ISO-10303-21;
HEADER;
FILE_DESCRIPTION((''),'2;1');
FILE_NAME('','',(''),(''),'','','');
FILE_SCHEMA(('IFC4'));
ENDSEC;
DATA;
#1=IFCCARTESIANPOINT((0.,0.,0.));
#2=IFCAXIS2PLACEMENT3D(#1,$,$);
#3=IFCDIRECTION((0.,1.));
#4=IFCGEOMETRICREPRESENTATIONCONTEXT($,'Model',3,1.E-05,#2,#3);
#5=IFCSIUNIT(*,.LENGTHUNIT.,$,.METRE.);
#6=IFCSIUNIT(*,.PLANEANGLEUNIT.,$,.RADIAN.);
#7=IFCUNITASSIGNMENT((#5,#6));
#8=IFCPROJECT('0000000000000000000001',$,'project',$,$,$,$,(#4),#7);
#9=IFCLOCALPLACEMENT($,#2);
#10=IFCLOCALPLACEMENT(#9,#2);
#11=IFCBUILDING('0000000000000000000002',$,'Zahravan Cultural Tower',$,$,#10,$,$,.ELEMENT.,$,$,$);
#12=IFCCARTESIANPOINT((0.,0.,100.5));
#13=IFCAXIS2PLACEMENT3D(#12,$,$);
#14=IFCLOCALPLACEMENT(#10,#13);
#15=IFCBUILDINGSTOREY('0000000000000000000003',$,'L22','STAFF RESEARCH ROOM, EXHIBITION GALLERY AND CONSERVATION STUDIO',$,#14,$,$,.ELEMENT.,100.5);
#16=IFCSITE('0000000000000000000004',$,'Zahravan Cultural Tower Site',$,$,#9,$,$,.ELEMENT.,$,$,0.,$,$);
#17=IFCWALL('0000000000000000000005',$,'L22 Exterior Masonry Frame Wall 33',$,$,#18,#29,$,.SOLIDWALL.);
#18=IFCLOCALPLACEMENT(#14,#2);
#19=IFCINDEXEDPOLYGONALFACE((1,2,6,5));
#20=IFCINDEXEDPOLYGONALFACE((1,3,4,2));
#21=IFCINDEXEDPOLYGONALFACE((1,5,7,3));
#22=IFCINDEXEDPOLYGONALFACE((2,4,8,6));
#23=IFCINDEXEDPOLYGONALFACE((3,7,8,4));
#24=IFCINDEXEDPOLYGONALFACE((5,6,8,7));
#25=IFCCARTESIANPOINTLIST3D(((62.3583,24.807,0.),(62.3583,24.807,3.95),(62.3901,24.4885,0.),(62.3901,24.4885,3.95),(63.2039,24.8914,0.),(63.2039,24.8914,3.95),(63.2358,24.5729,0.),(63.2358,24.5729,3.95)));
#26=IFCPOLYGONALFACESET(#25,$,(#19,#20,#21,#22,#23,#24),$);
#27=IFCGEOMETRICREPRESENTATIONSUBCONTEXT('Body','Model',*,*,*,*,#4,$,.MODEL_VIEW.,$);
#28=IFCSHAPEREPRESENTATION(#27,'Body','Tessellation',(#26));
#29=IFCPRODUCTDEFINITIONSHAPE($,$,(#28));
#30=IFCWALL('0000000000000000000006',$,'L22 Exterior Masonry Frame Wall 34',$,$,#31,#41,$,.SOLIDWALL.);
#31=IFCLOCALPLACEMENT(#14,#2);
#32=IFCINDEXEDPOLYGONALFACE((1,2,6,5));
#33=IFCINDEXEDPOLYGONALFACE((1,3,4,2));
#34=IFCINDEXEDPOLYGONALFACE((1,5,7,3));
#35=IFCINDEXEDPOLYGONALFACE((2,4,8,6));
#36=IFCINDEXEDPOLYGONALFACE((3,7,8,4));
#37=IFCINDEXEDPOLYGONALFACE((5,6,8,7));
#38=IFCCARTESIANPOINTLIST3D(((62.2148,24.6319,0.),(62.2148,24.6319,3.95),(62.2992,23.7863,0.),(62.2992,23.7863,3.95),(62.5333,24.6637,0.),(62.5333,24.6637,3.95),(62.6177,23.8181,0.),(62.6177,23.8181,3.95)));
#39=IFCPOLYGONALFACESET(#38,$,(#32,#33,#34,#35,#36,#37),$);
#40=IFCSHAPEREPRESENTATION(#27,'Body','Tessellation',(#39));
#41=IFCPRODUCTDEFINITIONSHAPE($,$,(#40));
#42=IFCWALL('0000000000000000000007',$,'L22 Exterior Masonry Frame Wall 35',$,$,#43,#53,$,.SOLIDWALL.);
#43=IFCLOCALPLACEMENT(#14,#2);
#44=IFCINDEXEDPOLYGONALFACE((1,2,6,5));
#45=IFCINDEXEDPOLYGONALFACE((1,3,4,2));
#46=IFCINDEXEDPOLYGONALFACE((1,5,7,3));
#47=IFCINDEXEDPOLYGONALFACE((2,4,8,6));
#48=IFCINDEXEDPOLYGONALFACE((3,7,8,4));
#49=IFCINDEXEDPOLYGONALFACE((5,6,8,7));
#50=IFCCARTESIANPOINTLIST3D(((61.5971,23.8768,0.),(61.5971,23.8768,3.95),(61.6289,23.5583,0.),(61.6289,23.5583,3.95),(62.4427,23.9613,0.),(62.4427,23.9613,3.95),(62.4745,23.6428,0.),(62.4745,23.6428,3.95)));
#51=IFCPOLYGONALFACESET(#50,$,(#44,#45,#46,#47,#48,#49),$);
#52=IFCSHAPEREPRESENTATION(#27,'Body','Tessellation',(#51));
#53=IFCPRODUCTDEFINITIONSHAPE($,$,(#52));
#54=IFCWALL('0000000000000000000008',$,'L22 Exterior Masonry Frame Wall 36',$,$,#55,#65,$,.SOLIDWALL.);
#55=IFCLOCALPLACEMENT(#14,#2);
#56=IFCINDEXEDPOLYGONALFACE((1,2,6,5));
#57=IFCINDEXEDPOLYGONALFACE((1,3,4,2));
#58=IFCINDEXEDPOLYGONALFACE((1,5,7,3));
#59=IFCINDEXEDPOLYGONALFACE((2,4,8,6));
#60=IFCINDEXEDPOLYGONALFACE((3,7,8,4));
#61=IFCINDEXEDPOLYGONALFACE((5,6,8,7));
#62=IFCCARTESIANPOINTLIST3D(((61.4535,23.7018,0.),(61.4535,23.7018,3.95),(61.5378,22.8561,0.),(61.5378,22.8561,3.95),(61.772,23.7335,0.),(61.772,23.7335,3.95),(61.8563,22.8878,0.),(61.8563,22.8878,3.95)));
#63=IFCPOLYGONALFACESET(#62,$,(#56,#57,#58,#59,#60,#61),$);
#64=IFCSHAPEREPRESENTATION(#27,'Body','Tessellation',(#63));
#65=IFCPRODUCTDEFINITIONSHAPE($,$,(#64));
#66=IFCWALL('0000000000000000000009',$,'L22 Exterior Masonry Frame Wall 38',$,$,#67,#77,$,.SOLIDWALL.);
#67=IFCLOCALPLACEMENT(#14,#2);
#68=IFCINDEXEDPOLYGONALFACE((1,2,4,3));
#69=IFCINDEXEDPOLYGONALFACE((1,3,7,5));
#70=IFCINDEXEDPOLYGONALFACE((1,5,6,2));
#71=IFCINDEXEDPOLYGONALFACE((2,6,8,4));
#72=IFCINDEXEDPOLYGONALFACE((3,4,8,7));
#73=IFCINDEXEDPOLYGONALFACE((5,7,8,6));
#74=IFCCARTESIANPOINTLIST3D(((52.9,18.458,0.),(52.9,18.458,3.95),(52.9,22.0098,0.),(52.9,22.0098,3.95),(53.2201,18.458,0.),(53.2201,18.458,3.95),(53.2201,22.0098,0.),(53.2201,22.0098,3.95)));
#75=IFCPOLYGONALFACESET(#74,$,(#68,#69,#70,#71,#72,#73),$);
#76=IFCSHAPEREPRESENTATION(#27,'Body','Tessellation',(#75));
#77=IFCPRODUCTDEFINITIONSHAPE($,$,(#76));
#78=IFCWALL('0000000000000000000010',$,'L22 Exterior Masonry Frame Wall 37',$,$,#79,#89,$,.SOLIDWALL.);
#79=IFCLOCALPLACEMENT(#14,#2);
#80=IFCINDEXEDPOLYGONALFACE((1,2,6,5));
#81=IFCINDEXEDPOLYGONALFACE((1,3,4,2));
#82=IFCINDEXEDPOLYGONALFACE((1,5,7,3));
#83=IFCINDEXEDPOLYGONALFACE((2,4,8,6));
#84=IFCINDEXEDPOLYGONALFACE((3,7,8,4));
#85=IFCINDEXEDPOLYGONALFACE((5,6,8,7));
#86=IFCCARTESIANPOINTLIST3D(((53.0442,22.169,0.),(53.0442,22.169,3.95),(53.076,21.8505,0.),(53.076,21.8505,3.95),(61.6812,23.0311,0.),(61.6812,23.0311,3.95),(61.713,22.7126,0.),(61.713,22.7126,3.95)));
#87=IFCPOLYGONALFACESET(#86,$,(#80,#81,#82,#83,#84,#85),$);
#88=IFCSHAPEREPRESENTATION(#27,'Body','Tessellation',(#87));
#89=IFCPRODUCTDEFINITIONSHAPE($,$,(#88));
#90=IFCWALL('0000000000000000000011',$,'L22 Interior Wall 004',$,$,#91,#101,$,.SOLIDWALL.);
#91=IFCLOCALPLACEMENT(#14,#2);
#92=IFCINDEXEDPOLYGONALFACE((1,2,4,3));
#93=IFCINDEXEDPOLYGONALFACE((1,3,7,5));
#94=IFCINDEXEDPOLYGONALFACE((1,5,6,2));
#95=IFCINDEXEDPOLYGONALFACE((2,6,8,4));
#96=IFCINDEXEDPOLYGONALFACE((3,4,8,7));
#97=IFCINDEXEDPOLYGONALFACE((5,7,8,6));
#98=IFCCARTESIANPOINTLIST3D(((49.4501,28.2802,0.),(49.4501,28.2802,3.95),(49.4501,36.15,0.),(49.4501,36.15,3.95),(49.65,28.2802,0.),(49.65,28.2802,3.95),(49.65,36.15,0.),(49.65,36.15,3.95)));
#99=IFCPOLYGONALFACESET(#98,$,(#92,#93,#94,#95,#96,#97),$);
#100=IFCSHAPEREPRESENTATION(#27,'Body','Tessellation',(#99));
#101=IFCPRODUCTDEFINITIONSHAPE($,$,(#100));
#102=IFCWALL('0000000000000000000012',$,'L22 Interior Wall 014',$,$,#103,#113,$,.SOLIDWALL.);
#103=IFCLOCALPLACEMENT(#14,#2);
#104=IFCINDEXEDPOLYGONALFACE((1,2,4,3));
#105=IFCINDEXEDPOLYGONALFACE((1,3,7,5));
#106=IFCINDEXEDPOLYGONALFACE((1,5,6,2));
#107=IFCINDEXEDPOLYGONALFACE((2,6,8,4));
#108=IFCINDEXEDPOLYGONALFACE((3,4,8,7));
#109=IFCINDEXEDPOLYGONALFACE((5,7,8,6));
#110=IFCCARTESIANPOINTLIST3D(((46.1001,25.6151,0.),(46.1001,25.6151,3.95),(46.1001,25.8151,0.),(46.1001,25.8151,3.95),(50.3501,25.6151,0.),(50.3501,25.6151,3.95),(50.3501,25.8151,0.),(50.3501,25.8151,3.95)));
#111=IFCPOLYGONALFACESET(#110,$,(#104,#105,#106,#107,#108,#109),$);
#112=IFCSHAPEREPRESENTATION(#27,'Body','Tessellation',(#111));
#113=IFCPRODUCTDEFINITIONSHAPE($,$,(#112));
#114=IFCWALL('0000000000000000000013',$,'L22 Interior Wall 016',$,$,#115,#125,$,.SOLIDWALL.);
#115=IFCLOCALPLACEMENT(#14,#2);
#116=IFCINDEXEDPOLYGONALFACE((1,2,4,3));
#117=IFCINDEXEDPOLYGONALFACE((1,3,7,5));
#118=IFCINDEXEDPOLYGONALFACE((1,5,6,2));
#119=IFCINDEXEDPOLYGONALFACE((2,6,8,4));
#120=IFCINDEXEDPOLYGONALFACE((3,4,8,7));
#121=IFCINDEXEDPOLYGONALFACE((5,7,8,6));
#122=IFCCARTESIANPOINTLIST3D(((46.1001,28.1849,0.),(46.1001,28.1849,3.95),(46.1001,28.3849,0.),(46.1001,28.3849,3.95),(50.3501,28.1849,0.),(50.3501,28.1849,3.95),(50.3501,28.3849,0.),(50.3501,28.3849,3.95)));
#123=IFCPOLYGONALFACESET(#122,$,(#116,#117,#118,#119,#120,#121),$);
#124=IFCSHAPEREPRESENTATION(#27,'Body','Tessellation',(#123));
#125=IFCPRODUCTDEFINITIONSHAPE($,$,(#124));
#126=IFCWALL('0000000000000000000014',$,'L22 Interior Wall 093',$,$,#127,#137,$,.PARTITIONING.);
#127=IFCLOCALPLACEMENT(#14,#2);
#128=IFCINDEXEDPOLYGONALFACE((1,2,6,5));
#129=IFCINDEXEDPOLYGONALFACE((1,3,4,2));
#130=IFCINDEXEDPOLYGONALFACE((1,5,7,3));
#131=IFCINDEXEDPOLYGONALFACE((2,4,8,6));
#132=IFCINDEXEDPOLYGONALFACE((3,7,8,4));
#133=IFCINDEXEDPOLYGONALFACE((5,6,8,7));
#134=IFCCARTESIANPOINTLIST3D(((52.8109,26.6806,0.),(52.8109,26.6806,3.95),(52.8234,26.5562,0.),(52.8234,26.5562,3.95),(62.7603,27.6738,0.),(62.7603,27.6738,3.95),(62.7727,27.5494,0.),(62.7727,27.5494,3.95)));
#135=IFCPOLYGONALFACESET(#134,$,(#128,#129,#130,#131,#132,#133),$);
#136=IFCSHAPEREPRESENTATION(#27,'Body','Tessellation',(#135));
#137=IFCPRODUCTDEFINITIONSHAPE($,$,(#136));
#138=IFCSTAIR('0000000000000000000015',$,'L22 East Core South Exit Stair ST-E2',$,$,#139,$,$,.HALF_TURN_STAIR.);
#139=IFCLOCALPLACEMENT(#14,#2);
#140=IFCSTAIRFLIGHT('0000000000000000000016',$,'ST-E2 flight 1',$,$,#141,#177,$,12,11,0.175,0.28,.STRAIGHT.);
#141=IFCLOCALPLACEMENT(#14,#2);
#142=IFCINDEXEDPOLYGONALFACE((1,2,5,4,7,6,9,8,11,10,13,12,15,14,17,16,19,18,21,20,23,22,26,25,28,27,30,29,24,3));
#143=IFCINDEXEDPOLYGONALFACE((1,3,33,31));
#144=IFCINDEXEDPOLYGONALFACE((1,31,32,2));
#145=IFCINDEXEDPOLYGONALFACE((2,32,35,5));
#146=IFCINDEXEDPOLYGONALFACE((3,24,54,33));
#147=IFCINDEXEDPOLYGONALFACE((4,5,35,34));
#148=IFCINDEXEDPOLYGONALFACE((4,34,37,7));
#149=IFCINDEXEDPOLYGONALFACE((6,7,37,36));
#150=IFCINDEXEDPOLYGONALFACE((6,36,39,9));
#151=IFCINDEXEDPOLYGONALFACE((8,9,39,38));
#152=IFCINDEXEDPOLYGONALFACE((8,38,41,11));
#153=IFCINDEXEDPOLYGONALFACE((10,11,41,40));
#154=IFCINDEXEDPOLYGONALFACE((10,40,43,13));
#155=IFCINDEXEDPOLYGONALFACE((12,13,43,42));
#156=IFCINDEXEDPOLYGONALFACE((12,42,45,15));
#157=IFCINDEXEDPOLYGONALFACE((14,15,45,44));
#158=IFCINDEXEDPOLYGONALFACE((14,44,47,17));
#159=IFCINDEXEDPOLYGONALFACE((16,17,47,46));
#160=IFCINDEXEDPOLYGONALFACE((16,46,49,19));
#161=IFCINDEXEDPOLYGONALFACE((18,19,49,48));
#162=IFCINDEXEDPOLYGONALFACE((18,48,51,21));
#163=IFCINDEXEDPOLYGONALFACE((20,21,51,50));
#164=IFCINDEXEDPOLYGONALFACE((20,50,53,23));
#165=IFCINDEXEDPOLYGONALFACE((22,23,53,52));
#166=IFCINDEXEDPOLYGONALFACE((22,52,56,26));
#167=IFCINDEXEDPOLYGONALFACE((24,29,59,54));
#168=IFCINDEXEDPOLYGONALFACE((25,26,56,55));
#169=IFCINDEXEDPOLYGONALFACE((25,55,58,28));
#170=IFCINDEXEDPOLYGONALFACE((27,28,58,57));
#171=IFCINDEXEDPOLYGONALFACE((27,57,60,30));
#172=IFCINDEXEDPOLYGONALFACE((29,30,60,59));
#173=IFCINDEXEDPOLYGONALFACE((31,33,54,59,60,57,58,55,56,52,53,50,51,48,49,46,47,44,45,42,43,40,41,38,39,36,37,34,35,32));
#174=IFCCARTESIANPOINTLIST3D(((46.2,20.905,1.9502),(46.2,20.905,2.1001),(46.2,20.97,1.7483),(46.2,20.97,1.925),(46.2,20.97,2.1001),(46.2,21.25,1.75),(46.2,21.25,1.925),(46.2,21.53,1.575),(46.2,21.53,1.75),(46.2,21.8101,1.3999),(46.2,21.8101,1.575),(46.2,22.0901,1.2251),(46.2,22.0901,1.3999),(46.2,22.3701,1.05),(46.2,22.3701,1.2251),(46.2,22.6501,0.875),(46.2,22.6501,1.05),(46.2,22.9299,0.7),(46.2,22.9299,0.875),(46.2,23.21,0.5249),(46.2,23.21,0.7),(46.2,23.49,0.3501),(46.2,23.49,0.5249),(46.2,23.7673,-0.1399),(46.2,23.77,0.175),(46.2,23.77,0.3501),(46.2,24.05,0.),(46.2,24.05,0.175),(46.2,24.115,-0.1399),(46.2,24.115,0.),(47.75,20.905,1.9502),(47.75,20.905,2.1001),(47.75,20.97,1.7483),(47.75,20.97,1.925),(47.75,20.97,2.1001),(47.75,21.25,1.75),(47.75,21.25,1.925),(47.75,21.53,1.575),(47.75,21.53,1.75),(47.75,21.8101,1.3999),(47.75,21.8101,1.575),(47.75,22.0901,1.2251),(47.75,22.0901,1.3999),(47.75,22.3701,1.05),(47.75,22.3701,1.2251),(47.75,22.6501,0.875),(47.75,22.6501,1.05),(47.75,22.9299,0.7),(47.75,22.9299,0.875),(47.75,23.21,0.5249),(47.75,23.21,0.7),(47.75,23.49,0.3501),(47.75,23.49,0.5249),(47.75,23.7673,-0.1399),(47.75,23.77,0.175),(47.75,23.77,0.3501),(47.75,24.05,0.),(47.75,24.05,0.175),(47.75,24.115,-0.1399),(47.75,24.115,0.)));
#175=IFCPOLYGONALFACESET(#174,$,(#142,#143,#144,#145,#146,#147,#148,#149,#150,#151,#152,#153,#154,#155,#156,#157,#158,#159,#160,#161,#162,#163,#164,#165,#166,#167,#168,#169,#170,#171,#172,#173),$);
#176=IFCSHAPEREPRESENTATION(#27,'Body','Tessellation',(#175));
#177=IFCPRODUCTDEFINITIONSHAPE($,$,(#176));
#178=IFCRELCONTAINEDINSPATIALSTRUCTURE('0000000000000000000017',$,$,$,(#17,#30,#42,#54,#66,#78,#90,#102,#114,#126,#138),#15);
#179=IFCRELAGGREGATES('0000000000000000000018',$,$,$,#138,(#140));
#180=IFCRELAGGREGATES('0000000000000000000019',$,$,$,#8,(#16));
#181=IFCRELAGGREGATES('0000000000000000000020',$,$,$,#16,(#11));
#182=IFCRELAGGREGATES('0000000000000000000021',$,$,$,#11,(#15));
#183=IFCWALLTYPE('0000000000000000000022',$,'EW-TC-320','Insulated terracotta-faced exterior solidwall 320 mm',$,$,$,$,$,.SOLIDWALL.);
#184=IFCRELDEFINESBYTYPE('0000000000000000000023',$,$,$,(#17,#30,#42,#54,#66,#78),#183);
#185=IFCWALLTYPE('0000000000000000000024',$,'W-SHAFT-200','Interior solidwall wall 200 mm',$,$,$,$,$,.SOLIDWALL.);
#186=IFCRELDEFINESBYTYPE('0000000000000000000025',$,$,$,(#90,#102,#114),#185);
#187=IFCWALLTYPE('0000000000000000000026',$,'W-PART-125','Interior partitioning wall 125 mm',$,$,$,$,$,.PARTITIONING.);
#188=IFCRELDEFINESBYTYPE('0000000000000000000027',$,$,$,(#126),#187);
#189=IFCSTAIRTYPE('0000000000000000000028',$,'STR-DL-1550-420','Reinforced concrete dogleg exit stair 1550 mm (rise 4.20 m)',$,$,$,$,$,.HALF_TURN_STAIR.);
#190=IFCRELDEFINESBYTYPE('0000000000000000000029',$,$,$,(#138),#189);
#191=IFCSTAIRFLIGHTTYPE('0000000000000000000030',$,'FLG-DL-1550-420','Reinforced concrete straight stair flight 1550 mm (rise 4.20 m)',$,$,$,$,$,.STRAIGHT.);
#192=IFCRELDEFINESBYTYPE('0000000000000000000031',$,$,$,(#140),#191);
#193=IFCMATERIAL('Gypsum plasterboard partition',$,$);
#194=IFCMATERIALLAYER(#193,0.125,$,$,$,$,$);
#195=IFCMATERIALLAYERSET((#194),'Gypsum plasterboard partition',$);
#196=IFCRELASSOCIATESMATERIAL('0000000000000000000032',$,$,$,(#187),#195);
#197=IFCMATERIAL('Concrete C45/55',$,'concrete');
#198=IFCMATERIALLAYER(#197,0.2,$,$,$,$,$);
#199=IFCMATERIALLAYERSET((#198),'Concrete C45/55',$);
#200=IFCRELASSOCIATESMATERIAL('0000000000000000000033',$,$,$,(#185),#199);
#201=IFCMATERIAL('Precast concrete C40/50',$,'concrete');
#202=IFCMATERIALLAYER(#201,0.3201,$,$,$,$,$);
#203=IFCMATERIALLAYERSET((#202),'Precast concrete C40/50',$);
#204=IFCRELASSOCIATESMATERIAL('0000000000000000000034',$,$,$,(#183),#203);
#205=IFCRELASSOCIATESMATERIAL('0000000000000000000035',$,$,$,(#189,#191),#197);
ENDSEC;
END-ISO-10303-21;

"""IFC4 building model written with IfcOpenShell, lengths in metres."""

from ifc_helpers import new_model, si_unit, direction, frame, frame_2d, origin, place, context, subcontext, project, spatial, polyline, rectangle, outline, extrude, source, transform, mapped, material, layer, layer_set, type_object, element, aggregate, save


model = new_model("IFC4")

# Units and contexts
model_context = context("Model", 3, precision=1e-05, world=origin(), true_north=direction((0.0, 1.0)))
body_context = subcontext(model_context, "Body", "Model", "MODEL_VIEW")
ifc_project = project(units=[si_unit("LENGTHUNIT", "METRE"), si_unit("PLANEANGLEUNIT", "RADIAN")], contexts=[model_context])

# Site, building, storey
site_placement = place(None, origin())
site = spatial("IfcSite", under=ifc_project, at=site_placement, Name="Zahravan Cultural Tower Site", CompositionType="ELEMENT", RefElevation=0.0)
building_placement = place(site_placement, origin())
building = spatial("IfcBuilding", under=site, at=building_placement, Name="Zahravan Cultural Tower", CompositionType="ELEMENT")
storey_placement = place(building_placement, frame((0.0, 0.0, 100.5)))
storey = spatial("IfcBuildingStorey", under=building, at=storey_placement, Name="L22", Description="STAFF RESEARCH ROOM, EXHIBITION GALLERY AND CONSERVATION STUDIO", CompositionType="ELEMENT", Elevation=100.5)

# Shared definitions
ifc_material_1 = material(Name="Gypsum plasterboard partition")
ifc_layer_1 = layer(ifc_material_1, 0.125)
ifc_layer_set_1 = layer_set([ifc_layer_1], Name="Gypsum plasterboard partition")
wall_type_1 = type_object("IfcWallType", Name="W-PART-125", Description="Interior partitioning wall 125 mm", PredefinedType="PARTITIONING", material=ifc_layer_set_1)
ifc_material_2 = material(Name="Concrete C45/55", Category="concrete")
ifc_layer_2 = layer(ifc_material_2, 0.2)
ifc_layer_set_2 = layer_set([ifc_layer_2], Name="Concrete C45/55")
wall_type_2 = type_object("IfcWallType", Name="W-SHAFT-200", Description="Interior solidwall wall 200 mm", PredefinedType="SOLIDWALL", material=ifc_layer_set_2)

# Walls
ifc_material_3 = material(Name="Precast concrete C40/50", Category="concrete")
ifc_layer_3 = layer(ifc_material_3, 0.3201)
ifc_layer_set_3 = layer_set([ifc_layer_3], Name="Precast concrete C40/50")
wall_type_3 = type_object("IfcWallType", Name="EW-TC-320", Description="Insulated terracotta-faced exterior solidwall 320 mm", PredefinedType="SOLIDWALL", material=ifc_layer_set_3)
shared_shape_1 = source(origin(), body_context, "Body", "SweptSolid", [
    extrude(rectangle(XDim=0.8499, YDim=0.3201, at=frame_2d((0.4248, 0.0))), origin(), (0.0, 0.0, 1.0), 3.95),
])
for number, where, z_axis, x_axis, name in (
    (1, (63.2197, 24.7322, 0.0), (0.0, 0.0, 1.0), (-0.995049, -0.09939, 0.0), "L22 Exterior Masonry Frame Wall 33"),
    (2, (62.374, 24.6477, 0.0), (0.0, 0.0, 1.0), (0.09939, -0.995049, 0.0), "L22 Exterior Masonry Frame Wall 34"),
    (3, (62.4585, 23.802, 0.0), (0.0, 0.0, 1.0), (-0.995049, -0.09939, 0.0), "L22 Exterior Masonry Frame Wall 35"),
    (4, (61.6128, 23.7175, 0.0), (0.0, 0.0, 1.0), (0.099106, -0.995077, 0.0), "L22 Exterior Masonry Frame Wall 36"),
):
    element("IfcWall", number, at=place(storey_placement, frame(where, z_axis=z_axis, x_axis=x_axis)), inside=storey, type_object=wall_type_3, Name=name, PredefinedType="SOLIDWALL", context=body_context, shape_type="MappedRepresentation", body=[
        mapped(shared_shape_1, transform((0.0, 0.0, 0.0), x_axis=(1.0, 0.0, 0.0), y_axis=(0.0, 1.0, 0.0), z_axis=(0.0, 0.0, 1.0), scale=1.0)),
    ])
shared_shape_2 = source(origin(), body_context, "Body", "SweptSolid", [
    extrude(rectangle(XDim=3.5518, YDim=0.3201, at=frame_2d((1.7759, 0.0))), origin(), (0.0, 0.0, 1.0), 3.95),
])
wall_1_placement = place(storey_placement, frame((53.0601, 22.0098, 0.0), z_axis=(0.0, 0.0, 1.0), x_axis=(0.0, -1.0, 0.0)))
element("IfcWall", 5, at=wall_1_placement, inside=storey, type_object=wall_type_3, Name="L22 Exterior Masonry Frame Wall 38", PredefinedType="SOLIDWALL", context=body_context, shape_type="MappedRepresentation", body=[
    mapped(shared_shape_2, transform((0.0, 0.0, 0.0), x_axis=(1.0, 0.0, 0.0), y_axis=(0.0, 1.0, 0.0), z_axis=(0.0, 0.0, 1.0), scale=1.0)),
])
shared_shape_3 = source(origin(), body_context, "Body", "SweptSolid", [
    extrude(rectangle(XDim=8.6799, YDim=0.3201, at=frame_2d((4.3398, 0.0))), origin(), (0.0, 0.0, 1.0), 3.95),
])
wall_2_placement = place(storey_placement, frame((61.697, 22.8718, 0.0), z_axis=(0.0, 0.0, 1.0), x_axis=(-0.995056, -0.099317, 0.0)))
element("IfcWall", 6, at=wall_2_placement, inside=storey, type_object=wall_type_3, Name="L22 Exterior Masonry Frame Wall 37", PredefinedType="SOLIDWALL", context=body_context, shape_type="MappedRepresentation", body=[
    mapped(shared_shape_3, transform((0.0, 0.0, 0.0), x_axis=(1.0, 0.0, 0.0), y_axis=(0.0, 1.0, 0.0), z_axis=(0.0, 0.0, 1.0), scale=1.0)),
])
shared_shape_4 = source(origin(), body_context, "Body", "SweptSolid", [
    extrude(rectangle(XDim=7.8699, YDim=0.2, at=frame_2d((3.9351, 0.0))), origin(), (0.0, 0.0, 1.0), 3.95),
])
wall_3_placement = place(storey_placement, frame((49.55, 28.28, 0.0), z_axis=(0.0, 0.0, 1.0), x_axis=(0.0, 1.0, 0.0)))
element("IfcWall", 7, at=wall_3_placement, inside=storey, type_object=wall_type_2, Name="L22 Interior Wall 004", PredefinedType="SOLIDWALL", context=body_context, shape_type="MappedRepresentation", body=[
    mapped(shared_shape_4, transform((0.0, 0.0, 0.0), x_axis=(1.0, 0.0, 0.0), y_axis=(0.0, 1.0, 0.0), z_axis=(0.0, 0.0, 1.0), scale=1.0)),
])
shared_shape_5 = source(origin(), body_context, "Body", "SweptSolid", [
    extrude(rectangle(XDim=4.25, YDim=0.2, at=frame_2d((2.125, 0.0))), origin(), (0.0, 0.0, 1.0), 3.95),
])
for number, where, z_axis, x_axis, name in (
    (8, (46.1001, 25.7151, 0.0), (0.0, 0.0, 1.0), (1.0, 0.0, 0.0), "L22 Interior Wall 014"),
    (9, (46.1001, 28.2849, 0.0), (0.0, 0.0, 1.0), (1.0, 0.0, 0.0), "L22 Interior Wall 016"),
):
    element("IfcWall", number, at=place(storey_placement, frame(where, z_axis=z_axis, x_axis=x_axis)), inside=storey, type_object=wall_type_2, Name=name, PredefinedType="SOLIDWALL", context=body_context, shape_type="MappedRepresentation", body=[
        mapped(shared_shape_5, transform((0.0, 0.0, 0.0), x_axis=(1.0, 0.0, 0.0), y_axis=(0.0, 1.0, 0.0), z_axis=(0.0, 0.0, 1.0), scale=1.0)),
    ])
shared_shape_6 = source(origin(), body_context, "Body", "SweptSolid", [
    extrude(rectangle(XDim=9.9988, YDim=0.125, at=frame_2d((4.9995, 0.0))), origin(), (0.0, 0.0, 1.0), 3.95),
])
wall_4_placement = place(storey_placement, frame((62.7666, 27.6116, 0.0), z_axis=(0.0, 0.0, 1.0), x_axis=(-0.995055, -0.09933, 0.0)))
element("IfcWall", 10, at=wall_4_placement, inside=storey, type_object=wall_type_1, Name="L22 Interior Wall 093", PredefinedType="PARTITIONING", context=body_context, shape_type="MappedRepresentation", body=[
    mapped(shared_shape_6, transform((0.0, 0.0, 0.0), x_axis=(1.0, 0.0, 0.0), y_axis=(0.0, 1.0, 0.0), z_axis=(0.0, 0.0, 1.0), scale=1.0)),
])

# Stair, stair flight
stair_type = type_object("IfcStairType", Name="STR-DL-1550-420", Description="Reinforced concrete dogleg exit stair 1550 mm (rise 4.20 m)", PredefinedType="HALF_TURN_STAIR", material=ifc_material_2)
stair_placement = place(storey_placement, origin())
stair = element("IfcStair", 11, at=stair_placement, inside=storey, type_object=stair_type, Name="L22 East Core South Exit Stair ST-E2", PredefinedType="HALF_TURN_STAIR")
stair_flight_type = type_object("IfcStairFlightType", Name="FLG-DL-1550-420", Description="Reinforced concrete straight stair flight 1550 mm (rise 4.20 m)", PredefinedType="STRAIGHT", material=ifc_material_2)
stair_flight_1_placement = place(storey_placement, frame((46.9751, 24.05, 0.0), z_axis=(0.0, 0.0, 1.0), x_axis=(0.0, -1.0, 0.0)))
stair_flight_1 = element("IfcStairFlight", 12, at=stair_flight_1_placement, type_object=stair_flight_type, Name="ST-E2 flight 1", NumberOfRisers=12, NumberOfTreads=11, PredefinedType="STRAIGHT", RiserHeight=0.175, TreadLength=0.28, context=body_context, shape_type="SweptSolid", body=[
    extrude(outline(polyline([(-0.0649, -0.1399), (-0.0649, 0.0), (0.0, 0.0), (0.0, 0.175), (0.28, 0.175), (0.28, 0.3501), (0.5601, 0.3501), (0.5601, 0.5249), (0.8401, 0.5249), (0.8401, 0.7), (1.1201, 0.7), (1.1201, 0.875), (1.3999, 0.875), (1.3999, 1.05), (1.6799, 1.05), (1.6799, 1.2251), (1.96, 1.2251), (1.96, 1.3999), (2.24, 1.3999), (2.24, 1.575), (2.52, 1.575), (2.52, 1.75), (2.8, 1.75), (2.8, 1.925), (3.0801, 1.925), (3.0801, 2.1001), (3.145, 2.1001), (3.145, 1.9502), (3.0801, 1.7483), (0.2827, -0.1399), (-0.0649, -0.1399)])), frame((0.0, 0.7749, 0.0), z_axis=(0.0, -1.0, 0.0), x_axis=(1.0, 0.0, 0.0)), (0.0, 0.0, 1.0), 1.55),
])
aggregate(stair, [stair_flight_1])

save(model, "model.ifc")
